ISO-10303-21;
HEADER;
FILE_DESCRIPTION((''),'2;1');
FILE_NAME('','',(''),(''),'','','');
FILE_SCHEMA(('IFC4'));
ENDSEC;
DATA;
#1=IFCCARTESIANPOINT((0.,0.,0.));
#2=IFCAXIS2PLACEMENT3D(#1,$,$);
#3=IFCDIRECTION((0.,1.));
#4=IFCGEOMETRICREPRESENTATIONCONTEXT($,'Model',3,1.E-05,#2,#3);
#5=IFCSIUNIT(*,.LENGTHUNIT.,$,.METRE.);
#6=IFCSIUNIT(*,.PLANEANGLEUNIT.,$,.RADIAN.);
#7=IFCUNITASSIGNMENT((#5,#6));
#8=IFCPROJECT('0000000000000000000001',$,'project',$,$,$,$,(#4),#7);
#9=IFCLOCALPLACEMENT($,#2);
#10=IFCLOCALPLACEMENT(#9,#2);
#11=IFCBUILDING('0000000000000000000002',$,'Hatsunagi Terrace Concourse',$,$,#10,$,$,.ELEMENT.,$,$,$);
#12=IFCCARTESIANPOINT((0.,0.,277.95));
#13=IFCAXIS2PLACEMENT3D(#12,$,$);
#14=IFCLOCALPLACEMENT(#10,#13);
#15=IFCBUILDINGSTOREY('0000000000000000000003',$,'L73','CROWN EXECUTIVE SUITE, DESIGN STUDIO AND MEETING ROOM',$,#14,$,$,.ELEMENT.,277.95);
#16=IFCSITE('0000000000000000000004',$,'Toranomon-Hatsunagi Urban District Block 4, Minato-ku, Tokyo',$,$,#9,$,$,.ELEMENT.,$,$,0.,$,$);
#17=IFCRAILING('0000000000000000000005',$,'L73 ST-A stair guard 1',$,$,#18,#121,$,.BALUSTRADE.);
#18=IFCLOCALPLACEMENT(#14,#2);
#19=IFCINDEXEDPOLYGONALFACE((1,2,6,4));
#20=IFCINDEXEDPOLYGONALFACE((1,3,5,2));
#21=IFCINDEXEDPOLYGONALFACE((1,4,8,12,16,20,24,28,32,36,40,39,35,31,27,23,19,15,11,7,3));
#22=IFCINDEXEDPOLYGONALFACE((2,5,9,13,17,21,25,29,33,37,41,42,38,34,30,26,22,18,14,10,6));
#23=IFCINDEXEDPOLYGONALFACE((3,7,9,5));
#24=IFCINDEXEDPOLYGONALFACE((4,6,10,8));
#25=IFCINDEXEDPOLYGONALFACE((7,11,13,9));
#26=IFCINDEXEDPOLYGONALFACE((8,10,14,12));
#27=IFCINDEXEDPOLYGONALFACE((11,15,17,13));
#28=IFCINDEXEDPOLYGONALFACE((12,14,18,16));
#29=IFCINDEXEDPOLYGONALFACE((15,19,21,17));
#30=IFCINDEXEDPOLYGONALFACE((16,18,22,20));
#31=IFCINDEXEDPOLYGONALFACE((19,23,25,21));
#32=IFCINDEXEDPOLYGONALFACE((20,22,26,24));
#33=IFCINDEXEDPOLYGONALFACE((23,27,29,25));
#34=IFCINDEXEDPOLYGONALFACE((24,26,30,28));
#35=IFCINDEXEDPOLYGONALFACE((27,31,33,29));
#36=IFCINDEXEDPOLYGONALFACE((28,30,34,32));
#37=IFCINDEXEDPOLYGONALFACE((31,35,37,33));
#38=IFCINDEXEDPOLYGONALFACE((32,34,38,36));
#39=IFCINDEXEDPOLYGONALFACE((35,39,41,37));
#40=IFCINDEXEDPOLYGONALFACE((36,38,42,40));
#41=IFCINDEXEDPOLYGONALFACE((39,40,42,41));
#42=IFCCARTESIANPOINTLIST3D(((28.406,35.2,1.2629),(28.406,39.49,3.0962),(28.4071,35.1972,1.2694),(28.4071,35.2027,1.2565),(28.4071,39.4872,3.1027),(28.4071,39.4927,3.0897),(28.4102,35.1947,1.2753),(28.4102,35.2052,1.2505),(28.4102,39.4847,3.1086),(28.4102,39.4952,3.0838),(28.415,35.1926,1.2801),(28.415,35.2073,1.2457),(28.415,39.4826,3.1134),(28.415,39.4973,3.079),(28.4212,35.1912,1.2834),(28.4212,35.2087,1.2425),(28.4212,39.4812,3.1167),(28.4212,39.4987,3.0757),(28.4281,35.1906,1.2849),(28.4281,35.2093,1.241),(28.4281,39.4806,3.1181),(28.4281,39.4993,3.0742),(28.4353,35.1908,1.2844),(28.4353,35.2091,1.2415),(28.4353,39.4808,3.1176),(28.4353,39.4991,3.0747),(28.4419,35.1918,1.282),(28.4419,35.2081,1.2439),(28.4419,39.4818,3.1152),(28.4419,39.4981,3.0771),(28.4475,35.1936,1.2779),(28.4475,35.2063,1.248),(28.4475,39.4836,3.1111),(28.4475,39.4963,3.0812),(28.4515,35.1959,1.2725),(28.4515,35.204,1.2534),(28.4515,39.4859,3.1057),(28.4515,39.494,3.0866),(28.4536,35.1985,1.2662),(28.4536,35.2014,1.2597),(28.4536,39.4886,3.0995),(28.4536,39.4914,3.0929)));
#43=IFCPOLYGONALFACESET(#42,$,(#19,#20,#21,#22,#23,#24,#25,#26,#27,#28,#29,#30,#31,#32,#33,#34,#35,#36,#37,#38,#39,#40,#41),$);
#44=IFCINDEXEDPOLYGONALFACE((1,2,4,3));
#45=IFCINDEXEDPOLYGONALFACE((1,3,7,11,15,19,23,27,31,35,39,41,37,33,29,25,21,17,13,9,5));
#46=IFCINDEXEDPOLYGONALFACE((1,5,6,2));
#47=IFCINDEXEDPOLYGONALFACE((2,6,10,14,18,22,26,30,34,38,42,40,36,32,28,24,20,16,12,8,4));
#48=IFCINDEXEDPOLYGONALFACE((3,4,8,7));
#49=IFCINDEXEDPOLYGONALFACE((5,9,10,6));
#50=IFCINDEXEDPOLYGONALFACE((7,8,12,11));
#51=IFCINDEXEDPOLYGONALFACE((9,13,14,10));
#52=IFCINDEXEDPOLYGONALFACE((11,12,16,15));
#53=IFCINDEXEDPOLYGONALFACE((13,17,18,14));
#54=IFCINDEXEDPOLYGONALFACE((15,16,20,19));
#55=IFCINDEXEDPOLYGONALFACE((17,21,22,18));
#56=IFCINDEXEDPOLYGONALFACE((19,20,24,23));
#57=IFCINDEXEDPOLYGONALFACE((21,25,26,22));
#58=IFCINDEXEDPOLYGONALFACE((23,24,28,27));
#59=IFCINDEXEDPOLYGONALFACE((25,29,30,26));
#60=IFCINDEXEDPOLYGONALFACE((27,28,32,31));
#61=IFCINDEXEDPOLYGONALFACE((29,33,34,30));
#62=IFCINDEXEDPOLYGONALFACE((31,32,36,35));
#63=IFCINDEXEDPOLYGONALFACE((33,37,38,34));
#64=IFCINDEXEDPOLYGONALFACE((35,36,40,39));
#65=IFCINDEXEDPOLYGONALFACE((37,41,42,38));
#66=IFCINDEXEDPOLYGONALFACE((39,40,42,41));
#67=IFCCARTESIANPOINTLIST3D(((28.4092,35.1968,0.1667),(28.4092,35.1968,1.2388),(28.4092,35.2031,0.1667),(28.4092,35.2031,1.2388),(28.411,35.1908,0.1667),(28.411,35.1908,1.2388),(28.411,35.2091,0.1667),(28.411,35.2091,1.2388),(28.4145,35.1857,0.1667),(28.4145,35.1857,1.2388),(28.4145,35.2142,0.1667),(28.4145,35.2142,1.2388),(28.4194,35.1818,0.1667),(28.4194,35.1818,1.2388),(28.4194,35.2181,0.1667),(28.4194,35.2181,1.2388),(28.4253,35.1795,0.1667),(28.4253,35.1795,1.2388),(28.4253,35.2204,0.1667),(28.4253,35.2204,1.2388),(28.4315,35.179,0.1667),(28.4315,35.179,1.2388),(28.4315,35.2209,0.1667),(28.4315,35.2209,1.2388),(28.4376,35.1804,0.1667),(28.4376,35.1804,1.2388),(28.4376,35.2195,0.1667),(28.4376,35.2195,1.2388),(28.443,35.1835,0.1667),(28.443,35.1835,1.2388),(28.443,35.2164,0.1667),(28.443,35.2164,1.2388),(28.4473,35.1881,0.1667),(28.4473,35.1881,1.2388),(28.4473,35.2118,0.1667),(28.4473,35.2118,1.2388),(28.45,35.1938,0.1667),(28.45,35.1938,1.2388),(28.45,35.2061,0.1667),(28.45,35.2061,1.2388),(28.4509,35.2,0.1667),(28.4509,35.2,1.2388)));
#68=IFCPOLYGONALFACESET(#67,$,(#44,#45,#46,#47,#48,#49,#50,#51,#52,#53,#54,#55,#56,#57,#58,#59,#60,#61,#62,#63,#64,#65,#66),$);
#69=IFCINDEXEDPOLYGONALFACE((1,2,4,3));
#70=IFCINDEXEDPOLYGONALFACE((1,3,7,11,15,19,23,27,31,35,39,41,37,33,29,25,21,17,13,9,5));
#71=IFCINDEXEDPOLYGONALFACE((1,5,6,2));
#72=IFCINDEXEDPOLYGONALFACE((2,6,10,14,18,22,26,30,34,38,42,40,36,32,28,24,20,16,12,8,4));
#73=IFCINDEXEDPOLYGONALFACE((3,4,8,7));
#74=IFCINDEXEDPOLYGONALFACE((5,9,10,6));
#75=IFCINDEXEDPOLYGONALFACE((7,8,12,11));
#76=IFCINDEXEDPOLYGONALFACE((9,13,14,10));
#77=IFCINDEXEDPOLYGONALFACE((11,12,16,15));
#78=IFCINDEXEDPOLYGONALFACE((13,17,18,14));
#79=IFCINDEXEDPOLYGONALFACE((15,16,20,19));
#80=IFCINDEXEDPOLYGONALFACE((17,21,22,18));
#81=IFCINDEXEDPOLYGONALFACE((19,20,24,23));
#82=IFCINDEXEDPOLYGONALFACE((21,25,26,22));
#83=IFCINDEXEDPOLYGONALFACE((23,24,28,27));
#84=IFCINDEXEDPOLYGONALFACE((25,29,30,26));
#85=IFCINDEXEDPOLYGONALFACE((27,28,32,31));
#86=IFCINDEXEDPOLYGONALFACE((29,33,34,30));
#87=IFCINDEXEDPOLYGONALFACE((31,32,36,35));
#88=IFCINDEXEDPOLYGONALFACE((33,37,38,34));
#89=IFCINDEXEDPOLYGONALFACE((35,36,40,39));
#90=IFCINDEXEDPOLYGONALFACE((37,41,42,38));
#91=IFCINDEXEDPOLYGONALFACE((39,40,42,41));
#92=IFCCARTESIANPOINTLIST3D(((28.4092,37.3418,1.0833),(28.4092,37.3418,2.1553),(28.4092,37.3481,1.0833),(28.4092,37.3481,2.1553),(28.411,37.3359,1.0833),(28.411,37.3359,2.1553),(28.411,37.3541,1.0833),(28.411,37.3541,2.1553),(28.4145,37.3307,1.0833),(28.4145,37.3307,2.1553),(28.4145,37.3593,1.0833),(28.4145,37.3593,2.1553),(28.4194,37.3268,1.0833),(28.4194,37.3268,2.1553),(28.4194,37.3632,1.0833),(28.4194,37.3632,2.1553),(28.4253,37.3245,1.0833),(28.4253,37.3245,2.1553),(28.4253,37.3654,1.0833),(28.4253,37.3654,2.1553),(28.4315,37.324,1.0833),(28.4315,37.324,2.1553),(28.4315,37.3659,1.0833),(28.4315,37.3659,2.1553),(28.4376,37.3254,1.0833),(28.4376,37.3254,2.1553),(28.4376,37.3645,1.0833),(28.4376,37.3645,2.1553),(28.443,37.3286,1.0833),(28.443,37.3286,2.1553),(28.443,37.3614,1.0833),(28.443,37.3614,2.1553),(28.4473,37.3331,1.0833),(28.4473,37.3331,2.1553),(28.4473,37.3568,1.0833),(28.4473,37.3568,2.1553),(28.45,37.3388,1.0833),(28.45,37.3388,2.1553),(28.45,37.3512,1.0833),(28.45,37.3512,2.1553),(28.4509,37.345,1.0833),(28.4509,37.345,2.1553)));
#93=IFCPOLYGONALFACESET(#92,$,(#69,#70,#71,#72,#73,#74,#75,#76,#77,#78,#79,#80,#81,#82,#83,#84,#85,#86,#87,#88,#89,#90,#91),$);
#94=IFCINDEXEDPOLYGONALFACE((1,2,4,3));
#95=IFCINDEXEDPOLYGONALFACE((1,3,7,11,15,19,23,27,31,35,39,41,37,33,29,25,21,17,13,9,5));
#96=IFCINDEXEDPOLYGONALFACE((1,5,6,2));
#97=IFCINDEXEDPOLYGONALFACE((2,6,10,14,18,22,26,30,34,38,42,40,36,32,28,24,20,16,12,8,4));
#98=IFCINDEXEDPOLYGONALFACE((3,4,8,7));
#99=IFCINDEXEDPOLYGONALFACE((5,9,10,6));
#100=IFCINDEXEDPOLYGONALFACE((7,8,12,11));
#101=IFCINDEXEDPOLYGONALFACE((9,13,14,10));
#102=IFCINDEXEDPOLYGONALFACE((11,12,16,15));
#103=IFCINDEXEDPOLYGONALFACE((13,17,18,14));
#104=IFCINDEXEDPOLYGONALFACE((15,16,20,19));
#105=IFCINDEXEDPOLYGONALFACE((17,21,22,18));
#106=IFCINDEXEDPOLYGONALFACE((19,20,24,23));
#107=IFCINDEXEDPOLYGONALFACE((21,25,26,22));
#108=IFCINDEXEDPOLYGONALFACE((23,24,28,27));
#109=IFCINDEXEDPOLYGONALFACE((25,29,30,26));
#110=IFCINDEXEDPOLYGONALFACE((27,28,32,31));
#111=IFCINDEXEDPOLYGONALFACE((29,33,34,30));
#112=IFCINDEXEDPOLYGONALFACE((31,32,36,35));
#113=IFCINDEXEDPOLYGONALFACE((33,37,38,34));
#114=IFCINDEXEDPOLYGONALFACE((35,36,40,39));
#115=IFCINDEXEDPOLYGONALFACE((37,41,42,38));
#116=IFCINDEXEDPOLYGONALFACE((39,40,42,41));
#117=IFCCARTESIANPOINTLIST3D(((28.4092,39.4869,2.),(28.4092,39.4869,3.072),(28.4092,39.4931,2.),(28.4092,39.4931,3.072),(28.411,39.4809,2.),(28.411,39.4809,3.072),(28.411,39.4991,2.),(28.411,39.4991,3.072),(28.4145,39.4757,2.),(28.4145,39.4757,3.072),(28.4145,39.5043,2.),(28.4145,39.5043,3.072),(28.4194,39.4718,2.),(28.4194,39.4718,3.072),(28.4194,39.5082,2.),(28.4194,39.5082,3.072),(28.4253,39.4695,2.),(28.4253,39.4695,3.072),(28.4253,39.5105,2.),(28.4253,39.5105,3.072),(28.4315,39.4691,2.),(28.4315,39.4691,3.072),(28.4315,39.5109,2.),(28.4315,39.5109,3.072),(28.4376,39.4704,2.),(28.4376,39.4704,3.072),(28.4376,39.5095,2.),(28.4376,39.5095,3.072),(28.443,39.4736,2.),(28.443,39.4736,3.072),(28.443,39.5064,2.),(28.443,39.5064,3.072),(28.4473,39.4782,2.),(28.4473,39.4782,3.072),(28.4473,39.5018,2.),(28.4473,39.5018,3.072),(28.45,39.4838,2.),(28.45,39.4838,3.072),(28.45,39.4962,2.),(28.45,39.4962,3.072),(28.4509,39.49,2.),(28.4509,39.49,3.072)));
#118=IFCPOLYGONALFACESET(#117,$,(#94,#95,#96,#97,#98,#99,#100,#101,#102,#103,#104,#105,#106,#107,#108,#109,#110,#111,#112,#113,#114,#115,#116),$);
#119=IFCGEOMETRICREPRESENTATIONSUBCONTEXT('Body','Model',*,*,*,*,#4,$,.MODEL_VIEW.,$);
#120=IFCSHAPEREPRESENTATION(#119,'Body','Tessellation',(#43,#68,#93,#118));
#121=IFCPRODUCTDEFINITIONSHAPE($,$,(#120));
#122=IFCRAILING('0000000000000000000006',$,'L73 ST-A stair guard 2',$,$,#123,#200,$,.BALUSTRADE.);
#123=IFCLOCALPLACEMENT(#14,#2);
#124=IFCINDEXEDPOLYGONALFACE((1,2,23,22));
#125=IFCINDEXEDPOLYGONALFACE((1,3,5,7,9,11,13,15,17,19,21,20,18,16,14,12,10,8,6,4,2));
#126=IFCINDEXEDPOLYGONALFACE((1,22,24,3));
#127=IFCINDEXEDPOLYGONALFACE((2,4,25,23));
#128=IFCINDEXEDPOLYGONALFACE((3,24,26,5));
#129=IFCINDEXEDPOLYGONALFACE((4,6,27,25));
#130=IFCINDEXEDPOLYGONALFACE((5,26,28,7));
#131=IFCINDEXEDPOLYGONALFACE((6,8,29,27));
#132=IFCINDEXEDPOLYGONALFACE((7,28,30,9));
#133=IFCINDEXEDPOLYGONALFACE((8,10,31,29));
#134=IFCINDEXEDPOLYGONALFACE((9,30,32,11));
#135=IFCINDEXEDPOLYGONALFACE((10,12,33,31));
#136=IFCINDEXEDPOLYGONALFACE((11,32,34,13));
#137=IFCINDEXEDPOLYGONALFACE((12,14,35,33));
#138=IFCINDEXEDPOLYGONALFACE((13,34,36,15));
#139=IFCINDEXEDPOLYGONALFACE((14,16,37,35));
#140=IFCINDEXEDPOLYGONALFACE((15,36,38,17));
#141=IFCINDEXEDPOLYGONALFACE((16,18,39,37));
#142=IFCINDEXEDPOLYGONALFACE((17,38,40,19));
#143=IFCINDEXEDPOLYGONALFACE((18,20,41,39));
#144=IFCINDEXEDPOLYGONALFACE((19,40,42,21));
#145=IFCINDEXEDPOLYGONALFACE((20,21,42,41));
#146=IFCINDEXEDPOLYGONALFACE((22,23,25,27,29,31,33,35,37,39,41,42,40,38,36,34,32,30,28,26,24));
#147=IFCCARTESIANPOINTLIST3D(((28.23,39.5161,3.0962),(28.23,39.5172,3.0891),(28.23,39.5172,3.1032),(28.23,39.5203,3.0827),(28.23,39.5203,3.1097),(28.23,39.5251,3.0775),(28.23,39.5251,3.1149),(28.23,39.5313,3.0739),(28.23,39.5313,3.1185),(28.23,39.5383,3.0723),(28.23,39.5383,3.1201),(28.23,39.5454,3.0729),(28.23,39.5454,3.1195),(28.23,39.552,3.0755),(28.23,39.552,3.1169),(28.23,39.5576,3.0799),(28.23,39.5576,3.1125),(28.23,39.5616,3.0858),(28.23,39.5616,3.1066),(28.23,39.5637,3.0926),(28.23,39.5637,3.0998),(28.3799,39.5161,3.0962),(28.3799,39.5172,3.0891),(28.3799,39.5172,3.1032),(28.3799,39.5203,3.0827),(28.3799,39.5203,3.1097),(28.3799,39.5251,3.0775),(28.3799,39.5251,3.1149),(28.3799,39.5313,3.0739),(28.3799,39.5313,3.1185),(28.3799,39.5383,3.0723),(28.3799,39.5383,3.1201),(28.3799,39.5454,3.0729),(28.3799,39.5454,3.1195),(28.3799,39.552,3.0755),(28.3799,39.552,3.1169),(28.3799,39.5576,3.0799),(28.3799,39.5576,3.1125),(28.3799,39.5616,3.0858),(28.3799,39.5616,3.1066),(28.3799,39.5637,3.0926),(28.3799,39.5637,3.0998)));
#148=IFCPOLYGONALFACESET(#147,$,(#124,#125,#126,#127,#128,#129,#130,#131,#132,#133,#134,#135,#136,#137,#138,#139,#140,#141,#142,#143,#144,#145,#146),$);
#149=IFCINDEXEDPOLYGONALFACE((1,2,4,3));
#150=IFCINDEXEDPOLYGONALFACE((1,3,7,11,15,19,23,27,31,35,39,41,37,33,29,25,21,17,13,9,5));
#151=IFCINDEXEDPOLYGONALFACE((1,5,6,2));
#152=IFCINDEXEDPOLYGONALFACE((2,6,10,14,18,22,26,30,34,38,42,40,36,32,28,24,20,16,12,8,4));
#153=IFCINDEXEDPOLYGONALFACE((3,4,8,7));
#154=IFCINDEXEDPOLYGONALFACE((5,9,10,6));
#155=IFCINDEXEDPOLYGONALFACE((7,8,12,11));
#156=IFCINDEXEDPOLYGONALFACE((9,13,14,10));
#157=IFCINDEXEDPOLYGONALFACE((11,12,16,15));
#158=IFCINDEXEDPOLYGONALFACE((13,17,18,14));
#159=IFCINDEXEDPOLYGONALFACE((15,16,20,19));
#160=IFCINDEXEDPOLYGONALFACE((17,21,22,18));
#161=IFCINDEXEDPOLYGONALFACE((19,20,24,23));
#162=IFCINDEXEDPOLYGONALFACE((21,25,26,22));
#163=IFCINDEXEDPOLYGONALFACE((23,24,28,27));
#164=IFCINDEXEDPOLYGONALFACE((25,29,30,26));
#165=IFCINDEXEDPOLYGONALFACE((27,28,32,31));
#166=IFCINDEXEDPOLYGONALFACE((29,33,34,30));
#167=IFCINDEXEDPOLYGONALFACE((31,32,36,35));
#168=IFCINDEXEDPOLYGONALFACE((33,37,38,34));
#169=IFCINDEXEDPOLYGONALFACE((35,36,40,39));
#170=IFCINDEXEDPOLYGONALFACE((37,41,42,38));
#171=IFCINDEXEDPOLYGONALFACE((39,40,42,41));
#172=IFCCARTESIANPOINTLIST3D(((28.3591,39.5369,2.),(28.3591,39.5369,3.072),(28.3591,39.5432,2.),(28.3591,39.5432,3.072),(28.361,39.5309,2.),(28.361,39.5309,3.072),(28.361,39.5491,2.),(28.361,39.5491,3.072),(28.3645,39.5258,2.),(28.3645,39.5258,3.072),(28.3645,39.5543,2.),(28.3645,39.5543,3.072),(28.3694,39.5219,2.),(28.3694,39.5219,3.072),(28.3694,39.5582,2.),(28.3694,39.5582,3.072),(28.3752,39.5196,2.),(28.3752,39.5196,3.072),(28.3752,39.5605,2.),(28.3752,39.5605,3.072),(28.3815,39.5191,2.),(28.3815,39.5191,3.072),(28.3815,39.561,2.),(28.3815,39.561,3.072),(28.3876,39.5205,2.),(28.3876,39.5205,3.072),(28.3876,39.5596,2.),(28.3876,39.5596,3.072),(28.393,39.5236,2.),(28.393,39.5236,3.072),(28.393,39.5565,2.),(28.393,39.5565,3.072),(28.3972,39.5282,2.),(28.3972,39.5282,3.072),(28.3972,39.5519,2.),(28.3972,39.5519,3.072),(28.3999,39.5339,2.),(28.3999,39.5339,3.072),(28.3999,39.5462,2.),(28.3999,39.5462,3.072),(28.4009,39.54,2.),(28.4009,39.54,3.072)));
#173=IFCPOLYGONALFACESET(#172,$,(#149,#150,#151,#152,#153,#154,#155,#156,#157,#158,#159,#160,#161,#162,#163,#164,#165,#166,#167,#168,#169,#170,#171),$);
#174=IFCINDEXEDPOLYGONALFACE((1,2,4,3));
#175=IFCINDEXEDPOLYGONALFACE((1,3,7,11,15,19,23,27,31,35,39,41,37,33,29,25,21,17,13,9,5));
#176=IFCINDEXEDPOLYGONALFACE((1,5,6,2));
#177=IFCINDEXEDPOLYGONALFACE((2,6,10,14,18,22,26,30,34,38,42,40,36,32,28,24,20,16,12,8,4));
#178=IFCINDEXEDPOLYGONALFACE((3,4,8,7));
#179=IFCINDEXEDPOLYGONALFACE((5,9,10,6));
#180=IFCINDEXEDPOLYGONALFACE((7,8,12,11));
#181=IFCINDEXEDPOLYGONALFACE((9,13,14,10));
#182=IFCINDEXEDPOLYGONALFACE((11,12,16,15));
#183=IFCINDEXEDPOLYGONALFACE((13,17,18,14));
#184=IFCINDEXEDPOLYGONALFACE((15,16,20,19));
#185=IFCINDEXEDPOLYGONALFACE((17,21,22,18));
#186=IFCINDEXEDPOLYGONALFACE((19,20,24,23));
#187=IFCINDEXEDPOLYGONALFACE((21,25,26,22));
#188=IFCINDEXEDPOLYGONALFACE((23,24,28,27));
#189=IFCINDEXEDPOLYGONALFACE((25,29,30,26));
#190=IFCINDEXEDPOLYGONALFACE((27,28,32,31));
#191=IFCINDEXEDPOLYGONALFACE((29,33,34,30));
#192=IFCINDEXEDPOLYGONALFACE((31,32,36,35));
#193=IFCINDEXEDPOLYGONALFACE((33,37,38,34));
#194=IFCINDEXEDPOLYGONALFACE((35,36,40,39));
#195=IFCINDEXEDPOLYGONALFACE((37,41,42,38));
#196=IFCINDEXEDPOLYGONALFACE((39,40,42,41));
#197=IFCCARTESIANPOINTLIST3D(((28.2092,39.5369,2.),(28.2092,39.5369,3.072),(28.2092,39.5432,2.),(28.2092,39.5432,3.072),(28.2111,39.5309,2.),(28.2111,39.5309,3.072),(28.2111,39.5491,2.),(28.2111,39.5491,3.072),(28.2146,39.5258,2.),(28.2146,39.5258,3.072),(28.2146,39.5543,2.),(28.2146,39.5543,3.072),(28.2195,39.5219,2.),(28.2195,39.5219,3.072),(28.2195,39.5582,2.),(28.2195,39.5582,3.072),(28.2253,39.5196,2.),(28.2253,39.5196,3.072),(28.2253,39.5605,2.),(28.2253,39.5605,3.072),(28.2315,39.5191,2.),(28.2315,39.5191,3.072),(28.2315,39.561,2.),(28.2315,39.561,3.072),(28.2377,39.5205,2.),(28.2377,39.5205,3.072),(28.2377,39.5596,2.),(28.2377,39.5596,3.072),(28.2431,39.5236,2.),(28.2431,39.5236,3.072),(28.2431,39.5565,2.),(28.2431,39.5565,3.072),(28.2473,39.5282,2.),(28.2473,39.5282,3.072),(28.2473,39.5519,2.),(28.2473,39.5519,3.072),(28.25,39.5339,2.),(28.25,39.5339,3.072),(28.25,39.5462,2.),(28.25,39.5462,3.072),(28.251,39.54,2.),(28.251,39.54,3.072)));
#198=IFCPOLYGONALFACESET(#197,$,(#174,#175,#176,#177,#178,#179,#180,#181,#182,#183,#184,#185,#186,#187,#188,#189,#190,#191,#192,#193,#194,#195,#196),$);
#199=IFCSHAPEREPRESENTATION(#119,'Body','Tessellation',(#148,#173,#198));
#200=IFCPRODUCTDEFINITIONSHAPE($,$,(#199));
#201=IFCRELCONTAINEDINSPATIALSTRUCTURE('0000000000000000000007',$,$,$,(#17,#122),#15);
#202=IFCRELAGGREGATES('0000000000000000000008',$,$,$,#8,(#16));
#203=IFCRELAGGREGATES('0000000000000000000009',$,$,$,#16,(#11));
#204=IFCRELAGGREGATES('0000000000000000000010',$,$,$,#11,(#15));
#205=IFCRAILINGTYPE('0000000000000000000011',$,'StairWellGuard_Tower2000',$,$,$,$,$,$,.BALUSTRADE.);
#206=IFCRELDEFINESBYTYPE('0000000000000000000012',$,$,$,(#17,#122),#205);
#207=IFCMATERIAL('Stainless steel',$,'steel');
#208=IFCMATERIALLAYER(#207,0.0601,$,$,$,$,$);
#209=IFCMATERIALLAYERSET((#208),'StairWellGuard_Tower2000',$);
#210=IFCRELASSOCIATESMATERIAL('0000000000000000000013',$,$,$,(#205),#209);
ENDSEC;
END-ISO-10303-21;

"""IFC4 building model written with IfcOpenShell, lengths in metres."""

from ifc_helpers import new_model, si_unit, direction, frame, origin, origin_2d, place, context, subcontext, project, spatial, circle, extrude, material, layer, layer_set, type_object, element, save


model = new_model("IFC4")

# Units and contexts
model_context = context("Model", 3, precision=1e-05, world=origin(), true_north=direction((0.0, 1.0)))
body_context = subcontext(model_context, "Body", "Model", "MODEL_VIEW")
ifc_project = project(units=[si_unit("LENGTHUNIT", "METRE"), si_unit("PLANEANGLEUNIT", "RADIAN")], contexts=[model_context])

# Site, building, storey
site_placement = place(None, origin())
site = spatial("IfcSite", under=ifc_project, at=site_placement, Name="Toranomon-Hatsunagi Urban District Block 4, Minato-ku, Tokyo", CompositionType="ELEMENT", RefElevation=0.0)
building_placement = place(site_placement, origin())
building = spatial("IfcBuilding", under=site, at=building_placement, Name="Hatsunagi Terrace Concourse", CompositionType="ELEMENT")
storey_placement = place(building_placement, frame((0.0, 0.0, 277.95)))
storey = spatial("IfcBuildingStorey", under=building, at=storey_placement, Name="L73", Description="CROWN EXECUTIVE SUITE, DESIGN STUDIO AND MEETING ROOM", CompositionType="ELEMENT", Elevation=277.95)

# Railings
ifc_material_1 = material(Name="Stainless steel", Category="steel")
ifc_layer_1 = layer(ifc_material_1, 0.0601)
ifc_layer_set_1 = layer_set([ifc_layer_1], Name="StairWellGuard_Tower2000")
railing_type_1 = type_object("IfcRailingType", Name="StairWellGuard_Tower2000", PredefinedType="BALUSTRADE", material=ifc_layer_set_1)
railing_1_placement = place(storey_placement, frame((28.4299, 35.2, 0.1667)))
element("IfcRailing", 1, at=railing_1_placement, inside=storey, type_object=railing_type_1, Name="L73 ST-A stair guard 1", PredefinedType="BALUSTRADE", context=body_context, shape_type="SweptSolid", body=[
    extrude(circle(Radius=0.0239, at=origin_2d()), frame((0.0, 0.0, 1.0962), z_axis=(0.0, 0.919559, 0.392953), x_axis=(-1.0, 0.0, 0.0)), (0.0, 0.0, 1.0), 4.6653),
    extrude(circle(Radius=0.021, at=origin_2d()), origin(), (0.0, 0.0, 1.0), 1.072),
    extrude(circle(Radius=0.021, at=origin_2d()), frame((0.0, 2.145, 0.9165)), (0.0, 0.0, 1.0), 1.072),
    extrude(circle(Radius=0.021, at=origin_2d()), frame((0.0, 4.29, 1.8333)), (0.0, 0.0, 1.0), 1.072),
])
railing_2_placement = place(storey_placement, frame((28.3799, 39.54, 2.0)))
element("IfcRailing", 2, at=railing_2_placement, inside=storey, type_object=railing_type_1, Name="L73 ST-A stair guard 2", PredefinedType="BALUSTRADE", context=body_context, shape_type="SweptSolid", body=[
    extrude(circle(Radius=0.0239, at=origin_2d()), frame((0.0, 0.0, 1.0962), z_axis=(-1.0, 0.0, 0.0), x_axis=(0.0, -1.0, 0.0)), (0.0, 0.0, 1.0), 0.1499),
    extrude(circle(Radius=0.021, at=origin_2d()), origin(), (0.0, 0.0, 1.0), 1.072),
    extrude(circle(Radius=0.021, at=origin_2d()), frame((-0.1499, 0.0, 0.0)), (0.0, 0.0, 1.0), 1.072),
])

save(model, "model.ifc")
